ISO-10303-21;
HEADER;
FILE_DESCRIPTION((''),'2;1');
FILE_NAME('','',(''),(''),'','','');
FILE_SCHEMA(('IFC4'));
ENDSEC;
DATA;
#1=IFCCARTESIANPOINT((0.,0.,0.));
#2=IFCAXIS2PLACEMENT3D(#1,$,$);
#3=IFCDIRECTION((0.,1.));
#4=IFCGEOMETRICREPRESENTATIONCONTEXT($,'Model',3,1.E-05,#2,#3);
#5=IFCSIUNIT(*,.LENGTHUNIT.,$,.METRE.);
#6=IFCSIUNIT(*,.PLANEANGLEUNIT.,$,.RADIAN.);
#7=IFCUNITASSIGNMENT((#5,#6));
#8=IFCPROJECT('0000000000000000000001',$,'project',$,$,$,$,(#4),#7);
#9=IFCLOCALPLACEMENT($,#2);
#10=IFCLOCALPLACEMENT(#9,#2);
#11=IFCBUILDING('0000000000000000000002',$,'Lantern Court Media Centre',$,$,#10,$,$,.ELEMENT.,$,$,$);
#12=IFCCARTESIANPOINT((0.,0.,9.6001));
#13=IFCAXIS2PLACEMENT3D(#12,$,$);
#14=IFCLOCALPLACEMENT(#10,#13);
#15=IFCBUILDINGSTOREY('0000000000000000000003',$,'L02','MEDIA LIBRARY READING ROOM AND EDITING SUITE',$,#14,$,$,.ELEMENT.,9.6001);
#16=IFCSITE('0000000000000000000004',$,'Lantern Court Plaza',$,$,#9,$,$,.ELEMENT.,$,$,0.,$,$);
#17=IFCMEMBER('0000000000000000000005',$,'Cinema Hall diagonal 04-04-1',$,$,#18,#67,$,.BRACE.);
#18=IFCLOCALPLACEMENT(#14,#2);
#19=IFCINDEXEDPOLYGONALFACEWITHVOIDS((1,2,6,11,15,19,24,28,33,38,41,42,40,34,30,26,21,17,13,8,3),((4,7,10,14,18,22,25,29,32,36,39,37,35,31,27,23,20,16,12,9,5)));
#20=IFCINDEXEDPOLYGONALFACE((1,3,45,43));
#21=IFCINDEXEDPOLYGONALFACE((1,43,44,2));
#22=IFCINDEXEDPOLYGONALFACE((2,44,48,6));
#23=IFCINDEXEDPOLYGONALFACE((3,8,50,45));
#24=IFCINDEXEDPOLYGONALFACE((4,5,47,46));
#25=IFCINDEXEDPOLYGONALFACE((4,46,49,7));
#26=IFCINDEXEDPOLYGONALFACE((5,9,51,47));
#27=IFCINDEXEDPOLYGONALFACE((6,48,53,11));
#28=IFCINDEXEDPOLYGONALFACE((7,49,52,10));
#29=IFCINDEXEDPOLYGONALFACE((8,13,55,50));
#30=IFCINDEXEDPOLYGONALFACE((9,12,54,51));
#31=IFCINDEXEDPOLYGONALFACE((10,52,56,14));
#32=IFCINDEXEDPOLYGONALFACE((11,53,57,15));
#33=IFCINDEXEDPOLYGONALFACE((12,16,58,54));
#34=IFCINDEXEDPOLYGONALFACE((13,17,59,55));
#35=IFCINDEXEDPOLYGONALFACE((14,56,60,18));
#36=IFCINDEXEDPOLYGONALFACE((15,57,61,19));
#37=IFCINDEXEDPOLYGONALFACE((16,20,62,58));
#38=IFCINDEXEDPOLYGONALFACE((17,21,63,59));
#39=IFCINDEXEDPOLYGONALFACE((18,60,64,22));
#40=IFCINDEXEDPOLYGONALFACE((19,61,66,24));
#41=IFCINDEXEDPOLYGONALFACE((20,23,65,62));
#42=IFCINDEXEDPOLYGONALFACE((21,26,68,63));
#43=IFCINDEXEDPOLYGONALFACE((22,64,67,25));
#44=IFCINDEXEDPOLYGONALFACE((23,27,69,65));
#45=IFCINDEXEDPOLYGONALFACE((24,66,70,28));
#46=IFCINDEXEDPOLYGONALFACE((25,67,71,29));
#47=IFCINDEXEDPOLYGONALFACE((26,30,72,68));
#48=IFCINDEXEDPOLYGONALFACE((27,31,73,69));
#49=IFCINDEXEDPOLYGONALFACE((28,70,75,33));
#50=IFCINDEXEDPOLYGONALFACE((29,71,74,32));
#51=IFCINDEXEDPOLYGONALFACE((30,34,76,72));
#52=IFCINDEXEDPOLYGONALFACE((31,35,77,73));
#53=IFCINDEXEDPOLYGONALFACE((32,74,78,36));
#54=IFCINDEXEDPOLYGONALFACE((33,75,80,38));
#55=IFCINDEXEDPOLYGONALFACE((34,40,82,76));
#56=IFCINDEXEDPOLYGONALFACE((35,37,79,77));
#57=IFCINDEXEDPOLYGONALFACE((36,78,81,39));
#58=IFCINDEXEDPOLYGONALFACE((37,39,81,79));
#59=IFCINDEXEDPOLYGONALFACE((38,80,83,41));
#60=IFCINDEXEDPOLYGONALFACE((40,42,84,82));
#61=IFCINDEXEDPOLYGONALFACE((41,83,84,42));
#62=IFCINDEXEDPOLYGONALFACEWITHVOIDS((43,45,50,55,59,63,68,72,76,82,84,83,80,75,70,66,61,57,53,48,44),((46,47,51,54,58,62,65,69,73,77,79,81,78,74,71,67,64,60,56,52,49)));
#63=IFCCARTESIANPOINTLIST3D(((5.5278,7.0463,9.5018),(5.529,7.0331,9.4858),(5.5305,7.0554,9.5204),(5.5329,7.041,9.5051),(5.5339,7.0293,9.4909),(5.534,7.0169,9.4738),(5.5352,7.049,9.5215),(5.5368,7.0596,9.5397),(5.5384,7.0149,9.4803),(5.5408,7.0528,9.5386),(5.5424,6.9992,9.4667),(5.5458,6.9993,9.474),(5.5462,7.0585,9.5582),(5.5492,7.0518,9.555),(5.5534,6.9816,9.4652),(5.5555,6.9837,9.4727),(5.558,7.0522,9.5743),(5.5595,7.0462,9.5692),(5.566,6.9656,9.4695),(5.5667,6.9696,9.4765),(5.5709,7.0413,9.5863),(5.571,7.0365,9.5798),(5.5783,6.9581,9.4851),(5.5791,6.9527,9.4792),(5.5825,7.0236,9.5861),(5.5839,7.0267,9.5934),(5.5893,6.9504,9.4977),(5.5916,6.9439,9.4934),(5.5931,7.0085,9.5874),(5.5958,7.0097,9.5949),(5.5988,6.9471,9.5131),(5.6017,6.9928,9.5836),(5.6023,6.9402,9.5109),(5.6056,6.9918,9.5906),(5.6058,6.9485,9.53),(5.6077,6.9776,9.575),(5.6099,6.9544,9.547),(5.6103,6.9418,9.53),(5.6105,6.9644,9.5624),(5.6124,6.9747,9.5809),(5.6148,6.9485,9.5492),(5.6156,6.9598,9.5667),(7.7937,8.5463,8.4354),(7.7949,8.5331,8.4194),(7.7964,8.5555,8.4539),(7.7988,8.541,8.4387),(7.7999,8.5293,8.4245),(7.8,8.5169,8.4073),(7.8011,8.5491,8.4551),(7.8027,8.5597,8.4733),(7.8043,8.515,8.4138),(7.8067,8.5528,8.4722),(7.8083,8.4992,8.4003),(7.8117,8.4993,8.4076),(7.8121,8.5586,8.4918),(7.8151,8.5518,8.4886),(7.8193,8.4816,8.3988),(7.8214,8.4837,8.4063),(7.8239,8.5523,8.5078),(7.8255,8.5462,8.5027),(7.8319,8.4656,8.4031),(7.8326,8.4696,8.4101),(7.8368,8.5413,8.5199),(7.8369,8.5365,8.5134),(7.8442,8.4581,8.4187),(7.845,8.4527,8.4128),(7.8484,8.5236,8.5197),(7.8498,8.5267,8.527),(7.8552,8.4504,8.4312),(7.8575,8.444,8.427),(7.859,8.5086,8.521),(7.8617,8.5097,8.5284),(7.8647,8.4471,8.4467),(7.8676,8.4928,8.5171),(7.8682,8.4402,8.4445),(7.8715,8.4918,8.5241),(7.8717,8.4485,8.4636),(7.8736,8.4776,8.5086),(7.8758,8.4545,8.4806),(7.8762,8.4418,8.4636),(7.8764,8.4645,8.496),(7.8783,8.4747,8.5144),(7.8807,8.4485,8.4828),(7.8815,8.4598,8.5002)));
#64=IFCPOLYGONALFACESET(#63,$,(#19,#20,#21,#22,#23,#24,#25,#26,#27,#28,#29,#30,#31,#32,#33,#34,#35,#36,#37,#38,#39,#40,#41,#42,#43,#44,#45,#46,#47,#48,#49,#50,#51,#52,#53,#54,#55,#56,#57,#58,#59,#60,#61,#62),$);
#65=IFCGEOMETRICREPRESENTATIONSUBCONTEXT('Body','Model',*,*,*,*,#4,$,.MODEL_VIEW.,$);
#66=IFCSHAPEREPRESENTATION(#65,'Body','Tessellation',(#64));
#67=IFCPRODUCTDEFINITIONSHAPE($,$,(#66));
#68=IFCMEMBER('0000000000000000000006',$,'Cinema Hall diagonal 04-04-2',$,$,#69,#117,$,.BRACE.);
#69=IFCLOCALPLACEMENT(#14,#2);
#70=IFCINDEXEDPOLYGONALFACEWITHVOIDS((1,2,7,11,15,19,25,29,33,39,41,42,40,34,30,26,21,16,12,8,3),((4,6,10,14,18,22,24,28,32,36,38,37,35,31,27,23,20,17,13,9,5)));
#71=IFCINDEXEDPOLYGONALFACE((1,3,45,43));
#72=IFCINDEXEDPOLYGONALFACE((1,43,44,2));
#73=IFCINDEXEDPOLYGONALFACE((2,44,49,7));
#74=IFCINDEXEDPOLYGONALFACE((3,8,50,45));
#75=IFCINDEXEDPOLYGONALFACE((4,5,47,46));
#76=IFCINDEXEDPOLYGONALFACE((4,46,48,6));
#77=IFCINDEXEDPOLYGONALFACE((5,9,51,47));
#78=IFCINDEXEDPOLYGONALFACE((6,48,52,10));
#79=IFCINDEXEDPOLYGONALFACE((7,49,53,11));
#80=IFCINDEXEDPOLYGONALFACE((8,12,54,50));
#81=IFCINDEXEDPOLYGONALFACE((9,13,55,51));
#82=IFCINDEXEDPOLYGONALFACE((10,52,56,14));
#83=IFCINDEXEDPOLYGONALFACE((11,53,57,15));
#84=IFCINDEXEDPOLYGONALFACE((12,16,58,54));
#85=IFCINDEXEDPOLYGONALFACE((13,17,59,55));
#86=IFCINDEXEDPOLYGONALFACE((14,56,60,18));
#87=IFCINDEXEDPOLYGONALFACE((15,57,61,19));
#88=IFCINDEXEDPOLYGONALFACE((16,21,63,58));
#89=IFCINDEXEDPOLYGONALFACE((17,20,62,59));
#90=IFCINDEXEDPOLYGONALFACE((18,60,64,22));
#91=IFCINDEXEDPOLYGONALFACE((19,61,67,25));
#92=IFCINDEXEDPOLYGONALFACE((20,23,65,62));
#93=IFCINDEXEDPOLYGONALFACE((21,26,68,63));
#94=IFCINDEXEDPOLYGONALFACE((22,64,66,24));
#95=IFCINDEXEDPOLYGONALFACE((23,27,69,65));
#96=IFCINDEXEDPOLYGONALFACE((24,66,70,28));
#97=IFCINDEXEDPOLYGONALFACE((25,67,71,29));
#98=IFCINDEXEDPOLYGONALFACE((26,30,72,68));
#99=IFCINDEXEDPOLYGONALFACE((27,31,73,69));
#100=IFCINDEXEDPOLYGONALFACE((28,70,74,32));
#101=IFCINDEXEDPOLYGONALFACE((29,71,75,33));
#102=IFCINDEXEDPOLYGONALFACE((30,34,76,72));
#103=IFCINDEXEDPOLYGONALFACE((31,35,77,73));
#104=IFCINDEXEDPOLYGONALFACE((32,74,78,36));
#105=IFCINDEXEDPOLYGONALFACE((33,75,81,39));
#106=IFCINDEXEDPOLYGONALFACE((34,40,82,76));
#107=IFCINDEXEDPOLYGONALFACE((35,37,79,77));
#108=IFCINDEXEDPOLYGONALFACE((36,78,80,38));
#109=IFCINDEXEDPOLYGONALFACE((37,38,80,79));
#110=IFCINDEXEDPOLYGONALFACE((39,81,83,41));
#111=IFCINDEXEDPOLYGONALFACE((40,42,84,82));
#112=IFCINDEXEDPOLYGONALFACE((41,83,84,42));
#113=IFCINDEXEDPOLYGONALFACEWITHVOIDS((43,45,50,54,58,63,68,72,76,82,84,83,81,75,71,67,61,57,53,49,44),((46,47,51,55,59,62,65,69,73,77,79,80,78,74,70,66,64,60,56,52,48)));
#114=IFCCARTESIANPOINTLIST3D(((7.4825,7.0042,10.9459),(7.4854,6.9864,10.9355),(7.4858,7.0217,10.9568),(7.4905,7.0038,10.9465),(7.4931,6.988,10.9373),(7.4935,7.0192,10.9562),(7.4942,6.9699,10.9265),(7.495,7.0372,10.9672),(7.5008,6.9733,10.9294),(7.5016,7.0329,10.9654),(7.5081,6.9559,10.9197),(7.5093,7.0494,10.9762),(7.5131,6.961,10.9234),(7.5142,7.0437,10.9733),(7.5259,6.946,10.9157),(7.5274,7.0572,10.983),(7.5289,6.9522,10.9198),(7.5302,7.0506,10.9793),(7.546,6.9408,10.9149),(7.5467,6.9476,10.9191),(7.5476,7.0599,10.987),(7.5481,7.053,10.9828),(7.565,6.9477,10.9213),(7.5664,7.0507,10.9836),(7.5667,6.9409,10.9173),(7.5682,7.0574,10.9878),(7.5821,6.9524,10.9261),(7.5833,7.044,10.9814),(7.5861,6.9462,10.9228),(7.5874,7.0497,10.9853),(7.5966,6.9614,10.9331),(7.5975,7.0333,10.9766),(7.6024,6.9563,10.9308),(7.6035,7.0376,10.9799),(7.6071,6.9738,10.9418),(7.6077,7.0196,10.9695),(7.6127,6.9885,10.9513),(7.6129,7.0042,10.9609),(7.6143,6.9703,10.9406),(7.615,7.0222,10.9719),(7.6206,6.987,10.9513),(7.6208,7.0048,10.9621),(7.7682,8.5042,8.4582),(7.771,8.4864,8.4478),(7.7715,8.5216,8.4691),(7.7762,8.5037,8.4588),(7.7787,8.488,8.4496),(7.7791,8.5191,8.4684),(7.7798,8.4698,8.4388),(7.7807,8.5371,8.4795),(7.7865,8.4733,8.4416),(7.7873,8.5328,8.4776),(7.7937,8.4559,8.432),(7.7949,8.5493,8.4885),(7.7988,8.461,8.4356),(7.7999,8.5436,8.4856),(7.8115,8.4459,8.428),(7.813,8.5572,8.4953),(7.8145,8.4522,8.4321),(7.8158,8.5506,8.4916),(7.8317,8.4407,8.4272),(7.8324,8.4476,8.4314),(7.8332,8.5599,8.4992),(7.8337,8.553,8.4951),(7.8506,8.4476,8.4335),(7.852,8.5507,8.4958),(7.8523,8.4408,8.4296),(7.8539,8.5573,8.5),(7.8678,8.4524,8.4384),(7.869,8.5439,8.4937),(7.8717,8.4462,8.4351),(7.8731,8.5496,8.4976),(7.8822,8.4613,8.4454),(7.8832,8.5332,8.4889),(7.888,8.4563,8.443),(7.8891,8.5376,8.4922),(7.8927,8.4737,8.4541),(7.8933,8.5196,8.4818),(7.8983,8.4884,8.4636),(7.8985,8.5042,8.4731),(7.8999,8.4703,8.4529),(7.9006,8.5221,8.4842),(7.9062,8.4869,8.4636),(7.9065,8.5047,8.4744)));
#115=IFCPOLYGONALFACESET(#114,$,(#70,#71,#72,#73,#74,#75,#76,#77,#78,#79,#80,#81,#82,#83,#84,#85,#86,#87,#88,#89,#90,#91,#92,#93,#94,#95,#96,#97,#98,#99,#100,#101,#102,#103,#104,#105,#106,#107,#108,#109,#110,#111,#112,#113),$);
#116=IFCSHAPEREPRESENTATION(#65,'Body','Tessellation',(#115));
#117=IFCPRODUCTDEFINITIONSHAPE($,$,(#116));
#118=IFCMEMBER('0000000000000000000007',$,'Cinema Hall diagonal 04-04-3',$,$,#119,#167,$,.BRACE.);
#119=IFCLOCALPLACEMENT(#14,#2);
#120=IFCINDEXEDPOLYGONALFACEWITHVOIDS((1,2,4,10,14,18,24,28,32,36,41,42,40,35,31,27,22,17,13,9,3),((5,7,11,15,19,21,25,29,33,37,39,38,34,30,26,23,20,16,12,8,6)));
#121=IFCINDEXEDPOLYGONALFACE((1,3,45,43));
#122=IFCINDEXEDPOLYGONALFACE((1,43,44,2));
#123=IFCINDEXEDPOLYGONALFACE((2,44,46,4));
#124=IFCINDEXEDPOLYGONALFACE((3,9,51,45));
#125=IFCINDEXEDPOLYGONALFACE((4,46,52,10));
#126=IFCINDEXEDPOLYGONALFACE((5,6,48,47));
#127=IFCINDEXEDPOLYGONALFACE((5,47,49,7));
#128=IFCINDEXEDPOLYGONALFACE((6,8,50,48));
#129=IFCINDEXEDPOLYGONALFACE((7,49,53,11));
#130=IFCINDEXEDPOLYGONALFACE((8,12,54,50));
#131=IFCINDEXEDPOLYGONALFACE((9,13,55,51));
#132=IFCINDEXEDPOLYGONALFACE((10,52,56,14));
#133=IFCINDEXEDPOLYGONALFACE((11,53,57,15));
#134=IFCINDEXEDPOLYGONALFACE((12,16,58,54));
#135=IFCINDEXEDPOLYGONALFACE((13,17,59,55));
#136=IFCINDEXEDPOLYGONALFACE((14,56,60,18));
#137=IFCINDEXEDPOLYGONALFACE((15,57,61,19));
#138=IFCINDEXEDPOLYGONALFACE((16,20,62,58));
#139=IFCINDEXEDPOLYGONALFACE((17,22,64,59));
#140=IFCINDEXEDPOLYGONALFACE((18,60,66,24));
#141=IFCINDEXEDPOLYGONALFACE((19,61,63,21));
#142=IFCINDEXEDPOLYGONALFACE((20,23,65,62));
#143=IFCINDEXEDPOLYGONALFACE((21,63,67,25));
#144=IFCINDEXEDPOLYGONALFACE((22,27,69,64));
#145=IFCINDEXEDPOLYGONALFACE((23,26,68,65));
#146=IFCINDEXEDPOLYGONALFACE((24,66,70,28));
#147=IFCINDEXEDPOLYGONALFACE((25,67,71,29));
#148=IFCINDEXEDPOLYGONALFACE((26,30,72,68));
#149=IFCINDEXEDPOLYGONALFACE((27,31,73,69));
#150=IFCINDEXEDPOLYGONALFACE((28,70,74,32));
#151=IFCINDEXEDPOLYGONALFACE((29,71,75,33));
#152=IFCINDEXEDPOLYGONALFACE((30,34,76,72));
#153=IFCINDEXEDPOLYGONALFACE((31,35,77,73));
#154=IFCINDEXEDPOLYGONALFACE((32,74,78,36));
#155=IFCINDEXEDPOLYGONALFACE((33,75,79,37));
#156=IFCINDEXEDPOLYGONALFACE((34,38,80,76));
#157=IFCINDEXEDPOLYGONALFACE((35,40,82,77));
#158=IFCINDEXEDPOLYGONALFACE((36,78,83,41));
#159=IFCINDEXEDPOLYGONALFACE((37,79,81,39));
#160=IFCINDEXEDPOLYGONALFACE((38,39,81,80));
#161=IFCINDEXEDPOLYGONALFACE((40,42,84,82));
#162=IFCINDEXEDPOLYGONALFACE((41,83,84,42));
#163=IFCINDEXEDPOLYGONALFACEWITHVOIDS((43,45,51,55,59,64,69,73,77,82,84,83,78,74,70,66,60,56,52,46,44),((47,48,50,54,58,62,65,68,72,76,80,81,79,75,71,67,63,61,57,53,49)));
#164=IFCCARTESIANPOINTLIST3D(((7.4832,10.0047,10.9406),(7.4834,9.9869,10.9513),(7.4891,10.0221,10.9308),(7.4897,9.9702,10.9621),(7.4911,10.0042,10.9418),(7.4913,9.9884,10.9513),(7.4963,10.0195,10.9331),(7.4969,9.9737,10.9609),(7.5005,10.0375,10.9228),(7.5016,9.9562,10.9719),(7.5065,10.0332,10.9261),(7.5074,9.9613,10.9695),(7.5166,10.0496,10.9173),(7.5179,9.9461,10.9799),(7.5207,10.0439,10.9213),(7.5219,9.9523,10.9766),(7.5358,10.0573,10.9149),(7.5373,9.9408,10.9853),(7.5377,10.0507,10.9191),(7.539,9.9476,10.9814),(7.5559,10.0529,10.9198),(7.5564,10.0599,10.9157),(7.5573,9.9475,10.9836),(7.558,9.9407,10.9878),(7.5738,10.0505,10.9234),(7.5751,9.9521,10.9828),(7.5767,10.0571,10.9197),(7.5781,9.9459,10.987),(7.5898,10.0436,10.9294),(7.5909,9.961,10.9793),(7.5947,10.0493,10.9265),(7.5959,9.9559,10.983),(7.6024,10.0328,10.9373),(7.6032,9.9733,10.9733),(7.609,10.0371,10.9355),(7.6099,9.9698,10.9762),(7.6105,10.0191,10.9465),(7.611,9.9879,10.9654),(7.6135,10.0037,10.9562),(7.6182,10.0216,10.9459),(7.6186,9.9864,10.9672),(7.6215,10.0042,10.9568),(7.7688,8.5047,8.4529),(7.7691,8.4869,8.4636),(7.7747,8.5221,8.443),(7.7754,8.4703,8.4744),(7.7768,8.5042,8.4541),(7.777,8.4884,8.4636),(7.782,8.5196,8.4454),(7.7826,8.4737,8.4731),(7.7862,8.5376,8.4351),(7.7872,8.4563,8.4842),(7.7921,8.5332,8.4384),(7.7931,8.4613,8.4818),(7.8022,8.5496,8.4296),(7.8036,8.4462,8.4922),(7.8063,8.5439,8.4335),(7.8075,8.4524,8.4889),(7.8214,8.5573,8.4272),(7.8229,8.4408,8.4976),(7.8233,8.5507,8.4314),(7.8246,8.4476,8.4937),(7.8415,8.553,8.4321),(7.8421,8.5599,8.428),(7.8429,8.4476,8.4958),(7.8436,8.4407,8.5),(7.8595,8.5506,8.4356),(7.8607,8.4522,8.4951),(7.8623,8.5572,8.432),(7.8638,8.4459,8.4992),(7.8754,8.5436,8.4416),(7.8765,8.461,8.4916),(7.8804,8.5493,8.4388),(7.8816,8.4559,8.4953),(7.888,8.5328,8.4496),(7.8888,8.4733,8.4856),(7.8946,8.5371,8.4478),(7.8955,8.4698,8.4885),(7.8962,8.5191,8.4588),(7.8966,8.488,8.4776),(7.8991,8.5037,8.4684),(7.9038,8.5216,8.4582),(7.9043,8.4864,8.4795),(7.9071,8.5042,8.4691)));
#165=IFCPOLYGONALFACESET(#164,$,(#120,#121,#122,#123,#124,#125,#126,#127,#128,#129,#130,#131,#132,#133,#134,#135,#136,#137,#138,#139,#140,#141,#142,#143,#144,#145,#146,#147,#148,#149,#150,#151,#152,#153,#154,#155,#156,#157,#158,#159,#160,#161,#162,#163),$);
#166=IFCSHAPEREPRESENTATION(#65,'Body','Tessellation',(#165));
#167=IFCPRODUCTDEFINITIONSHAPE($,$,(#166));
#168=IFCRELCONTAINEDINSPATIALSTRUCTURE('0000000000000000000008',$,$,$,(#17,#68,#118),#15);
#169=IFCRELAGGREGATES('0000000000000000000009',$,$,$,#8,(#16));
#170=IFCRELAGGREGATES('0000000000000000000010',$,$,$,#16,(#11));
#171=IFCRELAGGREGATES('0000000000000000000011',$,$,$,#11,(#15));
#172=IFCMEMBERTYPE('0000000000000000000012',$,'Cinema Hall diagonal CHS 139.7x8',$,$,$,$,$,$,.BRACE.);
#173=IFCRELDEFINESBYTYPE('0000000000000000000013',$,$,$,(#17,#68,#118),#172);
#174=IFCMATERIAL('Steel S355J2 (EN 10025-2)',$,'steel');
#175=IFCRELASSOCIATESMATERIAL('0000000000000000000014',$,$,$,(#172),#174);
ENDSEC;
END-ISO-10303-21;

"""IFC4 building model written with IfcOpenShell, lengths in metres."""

from ifc_helpers import new_model, si_unit, direction, frame, origin, origin_2d, place, context, subcontext, project, spatial, hollow_circle, extrude, material, material_profile, profile_set, type_object, element, save


model = new_model("IFC4")

# Units and contexts
model_context = context("Model", 3, precision=1e-05, world=origin(), true_north=direction((0.0, 1.0)))
body_context = subcontext(model_context, "Body", "Model", "MODEL_VIEW")
ifc_project = project(units=[si_unit("LENGTHUNIT", "METRE"), si_unit("PLANEANGLEUNIT", "RADIAN")], contexts=[model_context])

# Site, building, storey
site_placement = place(None, origin())
site = spatial("IfcSite", under=ifc_project, at=site_placement, Name="Lantern Court Plaza", CompositionType="ELEMENT", RefElevation=0.0)
building_placement = place(site_placement, origin())
building = spatial("IfcBuilding", under=site, at=building_placement, Name="Lantern Court Media Centre", CompositionType="ELEMENT")
storey_placement = place(building_placement, frame((0.0, 0.0, 9.6001)))
storey = spatial("IfcBuildingStorey", under=building, at=storey_placement, Name="L02", Description="MEDIA LIBRARY READING ROOM AND EDITING SUITE", CompositionType="ELEMENT", Elevation=9.6001)

# Members
ifc_material = material(Name="Steel S355J2 (EN 10025-2)", Category="steel")
ifc_material_profile_1 = material_profile(ifc_material, hollow_circle(Radius=0.0698, WallThickness=0.0081, at=origin_2d()), Name="Cinema Hall diagonal CHS 139.7x8")
ifc_profile_set_1 = profile_set([ifc_material_profile_1], Name="Steel S355J2 (EN 10025-2)")
member_type_1 = type_object("IfcMemberType", Name="Cinema Hall diagonal CHS 139.7x8", PredefinedType="BRACE", material=ifc_profile_set_1)
for number, where, z_axis, x_axis, name in (
    (1, (7.8376, 8.5, 8.4636), (-0.776211, -0.51385, 0.365315), (0.552002, -0.833843, 0.0), "Cinema Hall diagonal 04-04-1"),
):
    element("IfcMember", number, at=place(storey_placement, frame(where, z_axis=z_axis, x_axis=x_axis)), inside=storey, type_object=member_type_1, Name=name, PredefinedType="BRACE", context=body_context, shape_type="SweptSolid", body=[
        extrude(hollow_circle(Radius=0.0698, WallThickness=0.0081, at=origin_2d()), origin(), (0.0, 0.0, 1.0), 2.9192),
    ])
for number, where, z_axis, x_axis, name in (
    (2, (7.8376, 8.5, 8.4636), (-0.097856, -0.51387, 0.852268), (0.982347, -0.187068, 0.0), "Cinema Hall diagonal 04-04-2"),
    (3, (7.8376, 8.5, 8.4636), (-0.097856, 0.51387, 0.852268), (-0.982347, -0.187068, 0.0), "Cinema Hall diagonal 04-04-3"),
):
    element("IfcMember", number, at=place(storey_placement, frame(where, z_axis=z_axis, x_axis=x_axis)), inside=storey, type_object=member_type_1, Name=name, PredefinedType="BRACE", context=body_context, shape_type="SweptSolid", body=[
        extrude(hollow_circle(Radius=0.0698, WallThickness=0.0081, at=origin_2d()), origin(), (0.0, 0.0, 1.0), 2.9189),
    ])

save(model, "model.ifc")
